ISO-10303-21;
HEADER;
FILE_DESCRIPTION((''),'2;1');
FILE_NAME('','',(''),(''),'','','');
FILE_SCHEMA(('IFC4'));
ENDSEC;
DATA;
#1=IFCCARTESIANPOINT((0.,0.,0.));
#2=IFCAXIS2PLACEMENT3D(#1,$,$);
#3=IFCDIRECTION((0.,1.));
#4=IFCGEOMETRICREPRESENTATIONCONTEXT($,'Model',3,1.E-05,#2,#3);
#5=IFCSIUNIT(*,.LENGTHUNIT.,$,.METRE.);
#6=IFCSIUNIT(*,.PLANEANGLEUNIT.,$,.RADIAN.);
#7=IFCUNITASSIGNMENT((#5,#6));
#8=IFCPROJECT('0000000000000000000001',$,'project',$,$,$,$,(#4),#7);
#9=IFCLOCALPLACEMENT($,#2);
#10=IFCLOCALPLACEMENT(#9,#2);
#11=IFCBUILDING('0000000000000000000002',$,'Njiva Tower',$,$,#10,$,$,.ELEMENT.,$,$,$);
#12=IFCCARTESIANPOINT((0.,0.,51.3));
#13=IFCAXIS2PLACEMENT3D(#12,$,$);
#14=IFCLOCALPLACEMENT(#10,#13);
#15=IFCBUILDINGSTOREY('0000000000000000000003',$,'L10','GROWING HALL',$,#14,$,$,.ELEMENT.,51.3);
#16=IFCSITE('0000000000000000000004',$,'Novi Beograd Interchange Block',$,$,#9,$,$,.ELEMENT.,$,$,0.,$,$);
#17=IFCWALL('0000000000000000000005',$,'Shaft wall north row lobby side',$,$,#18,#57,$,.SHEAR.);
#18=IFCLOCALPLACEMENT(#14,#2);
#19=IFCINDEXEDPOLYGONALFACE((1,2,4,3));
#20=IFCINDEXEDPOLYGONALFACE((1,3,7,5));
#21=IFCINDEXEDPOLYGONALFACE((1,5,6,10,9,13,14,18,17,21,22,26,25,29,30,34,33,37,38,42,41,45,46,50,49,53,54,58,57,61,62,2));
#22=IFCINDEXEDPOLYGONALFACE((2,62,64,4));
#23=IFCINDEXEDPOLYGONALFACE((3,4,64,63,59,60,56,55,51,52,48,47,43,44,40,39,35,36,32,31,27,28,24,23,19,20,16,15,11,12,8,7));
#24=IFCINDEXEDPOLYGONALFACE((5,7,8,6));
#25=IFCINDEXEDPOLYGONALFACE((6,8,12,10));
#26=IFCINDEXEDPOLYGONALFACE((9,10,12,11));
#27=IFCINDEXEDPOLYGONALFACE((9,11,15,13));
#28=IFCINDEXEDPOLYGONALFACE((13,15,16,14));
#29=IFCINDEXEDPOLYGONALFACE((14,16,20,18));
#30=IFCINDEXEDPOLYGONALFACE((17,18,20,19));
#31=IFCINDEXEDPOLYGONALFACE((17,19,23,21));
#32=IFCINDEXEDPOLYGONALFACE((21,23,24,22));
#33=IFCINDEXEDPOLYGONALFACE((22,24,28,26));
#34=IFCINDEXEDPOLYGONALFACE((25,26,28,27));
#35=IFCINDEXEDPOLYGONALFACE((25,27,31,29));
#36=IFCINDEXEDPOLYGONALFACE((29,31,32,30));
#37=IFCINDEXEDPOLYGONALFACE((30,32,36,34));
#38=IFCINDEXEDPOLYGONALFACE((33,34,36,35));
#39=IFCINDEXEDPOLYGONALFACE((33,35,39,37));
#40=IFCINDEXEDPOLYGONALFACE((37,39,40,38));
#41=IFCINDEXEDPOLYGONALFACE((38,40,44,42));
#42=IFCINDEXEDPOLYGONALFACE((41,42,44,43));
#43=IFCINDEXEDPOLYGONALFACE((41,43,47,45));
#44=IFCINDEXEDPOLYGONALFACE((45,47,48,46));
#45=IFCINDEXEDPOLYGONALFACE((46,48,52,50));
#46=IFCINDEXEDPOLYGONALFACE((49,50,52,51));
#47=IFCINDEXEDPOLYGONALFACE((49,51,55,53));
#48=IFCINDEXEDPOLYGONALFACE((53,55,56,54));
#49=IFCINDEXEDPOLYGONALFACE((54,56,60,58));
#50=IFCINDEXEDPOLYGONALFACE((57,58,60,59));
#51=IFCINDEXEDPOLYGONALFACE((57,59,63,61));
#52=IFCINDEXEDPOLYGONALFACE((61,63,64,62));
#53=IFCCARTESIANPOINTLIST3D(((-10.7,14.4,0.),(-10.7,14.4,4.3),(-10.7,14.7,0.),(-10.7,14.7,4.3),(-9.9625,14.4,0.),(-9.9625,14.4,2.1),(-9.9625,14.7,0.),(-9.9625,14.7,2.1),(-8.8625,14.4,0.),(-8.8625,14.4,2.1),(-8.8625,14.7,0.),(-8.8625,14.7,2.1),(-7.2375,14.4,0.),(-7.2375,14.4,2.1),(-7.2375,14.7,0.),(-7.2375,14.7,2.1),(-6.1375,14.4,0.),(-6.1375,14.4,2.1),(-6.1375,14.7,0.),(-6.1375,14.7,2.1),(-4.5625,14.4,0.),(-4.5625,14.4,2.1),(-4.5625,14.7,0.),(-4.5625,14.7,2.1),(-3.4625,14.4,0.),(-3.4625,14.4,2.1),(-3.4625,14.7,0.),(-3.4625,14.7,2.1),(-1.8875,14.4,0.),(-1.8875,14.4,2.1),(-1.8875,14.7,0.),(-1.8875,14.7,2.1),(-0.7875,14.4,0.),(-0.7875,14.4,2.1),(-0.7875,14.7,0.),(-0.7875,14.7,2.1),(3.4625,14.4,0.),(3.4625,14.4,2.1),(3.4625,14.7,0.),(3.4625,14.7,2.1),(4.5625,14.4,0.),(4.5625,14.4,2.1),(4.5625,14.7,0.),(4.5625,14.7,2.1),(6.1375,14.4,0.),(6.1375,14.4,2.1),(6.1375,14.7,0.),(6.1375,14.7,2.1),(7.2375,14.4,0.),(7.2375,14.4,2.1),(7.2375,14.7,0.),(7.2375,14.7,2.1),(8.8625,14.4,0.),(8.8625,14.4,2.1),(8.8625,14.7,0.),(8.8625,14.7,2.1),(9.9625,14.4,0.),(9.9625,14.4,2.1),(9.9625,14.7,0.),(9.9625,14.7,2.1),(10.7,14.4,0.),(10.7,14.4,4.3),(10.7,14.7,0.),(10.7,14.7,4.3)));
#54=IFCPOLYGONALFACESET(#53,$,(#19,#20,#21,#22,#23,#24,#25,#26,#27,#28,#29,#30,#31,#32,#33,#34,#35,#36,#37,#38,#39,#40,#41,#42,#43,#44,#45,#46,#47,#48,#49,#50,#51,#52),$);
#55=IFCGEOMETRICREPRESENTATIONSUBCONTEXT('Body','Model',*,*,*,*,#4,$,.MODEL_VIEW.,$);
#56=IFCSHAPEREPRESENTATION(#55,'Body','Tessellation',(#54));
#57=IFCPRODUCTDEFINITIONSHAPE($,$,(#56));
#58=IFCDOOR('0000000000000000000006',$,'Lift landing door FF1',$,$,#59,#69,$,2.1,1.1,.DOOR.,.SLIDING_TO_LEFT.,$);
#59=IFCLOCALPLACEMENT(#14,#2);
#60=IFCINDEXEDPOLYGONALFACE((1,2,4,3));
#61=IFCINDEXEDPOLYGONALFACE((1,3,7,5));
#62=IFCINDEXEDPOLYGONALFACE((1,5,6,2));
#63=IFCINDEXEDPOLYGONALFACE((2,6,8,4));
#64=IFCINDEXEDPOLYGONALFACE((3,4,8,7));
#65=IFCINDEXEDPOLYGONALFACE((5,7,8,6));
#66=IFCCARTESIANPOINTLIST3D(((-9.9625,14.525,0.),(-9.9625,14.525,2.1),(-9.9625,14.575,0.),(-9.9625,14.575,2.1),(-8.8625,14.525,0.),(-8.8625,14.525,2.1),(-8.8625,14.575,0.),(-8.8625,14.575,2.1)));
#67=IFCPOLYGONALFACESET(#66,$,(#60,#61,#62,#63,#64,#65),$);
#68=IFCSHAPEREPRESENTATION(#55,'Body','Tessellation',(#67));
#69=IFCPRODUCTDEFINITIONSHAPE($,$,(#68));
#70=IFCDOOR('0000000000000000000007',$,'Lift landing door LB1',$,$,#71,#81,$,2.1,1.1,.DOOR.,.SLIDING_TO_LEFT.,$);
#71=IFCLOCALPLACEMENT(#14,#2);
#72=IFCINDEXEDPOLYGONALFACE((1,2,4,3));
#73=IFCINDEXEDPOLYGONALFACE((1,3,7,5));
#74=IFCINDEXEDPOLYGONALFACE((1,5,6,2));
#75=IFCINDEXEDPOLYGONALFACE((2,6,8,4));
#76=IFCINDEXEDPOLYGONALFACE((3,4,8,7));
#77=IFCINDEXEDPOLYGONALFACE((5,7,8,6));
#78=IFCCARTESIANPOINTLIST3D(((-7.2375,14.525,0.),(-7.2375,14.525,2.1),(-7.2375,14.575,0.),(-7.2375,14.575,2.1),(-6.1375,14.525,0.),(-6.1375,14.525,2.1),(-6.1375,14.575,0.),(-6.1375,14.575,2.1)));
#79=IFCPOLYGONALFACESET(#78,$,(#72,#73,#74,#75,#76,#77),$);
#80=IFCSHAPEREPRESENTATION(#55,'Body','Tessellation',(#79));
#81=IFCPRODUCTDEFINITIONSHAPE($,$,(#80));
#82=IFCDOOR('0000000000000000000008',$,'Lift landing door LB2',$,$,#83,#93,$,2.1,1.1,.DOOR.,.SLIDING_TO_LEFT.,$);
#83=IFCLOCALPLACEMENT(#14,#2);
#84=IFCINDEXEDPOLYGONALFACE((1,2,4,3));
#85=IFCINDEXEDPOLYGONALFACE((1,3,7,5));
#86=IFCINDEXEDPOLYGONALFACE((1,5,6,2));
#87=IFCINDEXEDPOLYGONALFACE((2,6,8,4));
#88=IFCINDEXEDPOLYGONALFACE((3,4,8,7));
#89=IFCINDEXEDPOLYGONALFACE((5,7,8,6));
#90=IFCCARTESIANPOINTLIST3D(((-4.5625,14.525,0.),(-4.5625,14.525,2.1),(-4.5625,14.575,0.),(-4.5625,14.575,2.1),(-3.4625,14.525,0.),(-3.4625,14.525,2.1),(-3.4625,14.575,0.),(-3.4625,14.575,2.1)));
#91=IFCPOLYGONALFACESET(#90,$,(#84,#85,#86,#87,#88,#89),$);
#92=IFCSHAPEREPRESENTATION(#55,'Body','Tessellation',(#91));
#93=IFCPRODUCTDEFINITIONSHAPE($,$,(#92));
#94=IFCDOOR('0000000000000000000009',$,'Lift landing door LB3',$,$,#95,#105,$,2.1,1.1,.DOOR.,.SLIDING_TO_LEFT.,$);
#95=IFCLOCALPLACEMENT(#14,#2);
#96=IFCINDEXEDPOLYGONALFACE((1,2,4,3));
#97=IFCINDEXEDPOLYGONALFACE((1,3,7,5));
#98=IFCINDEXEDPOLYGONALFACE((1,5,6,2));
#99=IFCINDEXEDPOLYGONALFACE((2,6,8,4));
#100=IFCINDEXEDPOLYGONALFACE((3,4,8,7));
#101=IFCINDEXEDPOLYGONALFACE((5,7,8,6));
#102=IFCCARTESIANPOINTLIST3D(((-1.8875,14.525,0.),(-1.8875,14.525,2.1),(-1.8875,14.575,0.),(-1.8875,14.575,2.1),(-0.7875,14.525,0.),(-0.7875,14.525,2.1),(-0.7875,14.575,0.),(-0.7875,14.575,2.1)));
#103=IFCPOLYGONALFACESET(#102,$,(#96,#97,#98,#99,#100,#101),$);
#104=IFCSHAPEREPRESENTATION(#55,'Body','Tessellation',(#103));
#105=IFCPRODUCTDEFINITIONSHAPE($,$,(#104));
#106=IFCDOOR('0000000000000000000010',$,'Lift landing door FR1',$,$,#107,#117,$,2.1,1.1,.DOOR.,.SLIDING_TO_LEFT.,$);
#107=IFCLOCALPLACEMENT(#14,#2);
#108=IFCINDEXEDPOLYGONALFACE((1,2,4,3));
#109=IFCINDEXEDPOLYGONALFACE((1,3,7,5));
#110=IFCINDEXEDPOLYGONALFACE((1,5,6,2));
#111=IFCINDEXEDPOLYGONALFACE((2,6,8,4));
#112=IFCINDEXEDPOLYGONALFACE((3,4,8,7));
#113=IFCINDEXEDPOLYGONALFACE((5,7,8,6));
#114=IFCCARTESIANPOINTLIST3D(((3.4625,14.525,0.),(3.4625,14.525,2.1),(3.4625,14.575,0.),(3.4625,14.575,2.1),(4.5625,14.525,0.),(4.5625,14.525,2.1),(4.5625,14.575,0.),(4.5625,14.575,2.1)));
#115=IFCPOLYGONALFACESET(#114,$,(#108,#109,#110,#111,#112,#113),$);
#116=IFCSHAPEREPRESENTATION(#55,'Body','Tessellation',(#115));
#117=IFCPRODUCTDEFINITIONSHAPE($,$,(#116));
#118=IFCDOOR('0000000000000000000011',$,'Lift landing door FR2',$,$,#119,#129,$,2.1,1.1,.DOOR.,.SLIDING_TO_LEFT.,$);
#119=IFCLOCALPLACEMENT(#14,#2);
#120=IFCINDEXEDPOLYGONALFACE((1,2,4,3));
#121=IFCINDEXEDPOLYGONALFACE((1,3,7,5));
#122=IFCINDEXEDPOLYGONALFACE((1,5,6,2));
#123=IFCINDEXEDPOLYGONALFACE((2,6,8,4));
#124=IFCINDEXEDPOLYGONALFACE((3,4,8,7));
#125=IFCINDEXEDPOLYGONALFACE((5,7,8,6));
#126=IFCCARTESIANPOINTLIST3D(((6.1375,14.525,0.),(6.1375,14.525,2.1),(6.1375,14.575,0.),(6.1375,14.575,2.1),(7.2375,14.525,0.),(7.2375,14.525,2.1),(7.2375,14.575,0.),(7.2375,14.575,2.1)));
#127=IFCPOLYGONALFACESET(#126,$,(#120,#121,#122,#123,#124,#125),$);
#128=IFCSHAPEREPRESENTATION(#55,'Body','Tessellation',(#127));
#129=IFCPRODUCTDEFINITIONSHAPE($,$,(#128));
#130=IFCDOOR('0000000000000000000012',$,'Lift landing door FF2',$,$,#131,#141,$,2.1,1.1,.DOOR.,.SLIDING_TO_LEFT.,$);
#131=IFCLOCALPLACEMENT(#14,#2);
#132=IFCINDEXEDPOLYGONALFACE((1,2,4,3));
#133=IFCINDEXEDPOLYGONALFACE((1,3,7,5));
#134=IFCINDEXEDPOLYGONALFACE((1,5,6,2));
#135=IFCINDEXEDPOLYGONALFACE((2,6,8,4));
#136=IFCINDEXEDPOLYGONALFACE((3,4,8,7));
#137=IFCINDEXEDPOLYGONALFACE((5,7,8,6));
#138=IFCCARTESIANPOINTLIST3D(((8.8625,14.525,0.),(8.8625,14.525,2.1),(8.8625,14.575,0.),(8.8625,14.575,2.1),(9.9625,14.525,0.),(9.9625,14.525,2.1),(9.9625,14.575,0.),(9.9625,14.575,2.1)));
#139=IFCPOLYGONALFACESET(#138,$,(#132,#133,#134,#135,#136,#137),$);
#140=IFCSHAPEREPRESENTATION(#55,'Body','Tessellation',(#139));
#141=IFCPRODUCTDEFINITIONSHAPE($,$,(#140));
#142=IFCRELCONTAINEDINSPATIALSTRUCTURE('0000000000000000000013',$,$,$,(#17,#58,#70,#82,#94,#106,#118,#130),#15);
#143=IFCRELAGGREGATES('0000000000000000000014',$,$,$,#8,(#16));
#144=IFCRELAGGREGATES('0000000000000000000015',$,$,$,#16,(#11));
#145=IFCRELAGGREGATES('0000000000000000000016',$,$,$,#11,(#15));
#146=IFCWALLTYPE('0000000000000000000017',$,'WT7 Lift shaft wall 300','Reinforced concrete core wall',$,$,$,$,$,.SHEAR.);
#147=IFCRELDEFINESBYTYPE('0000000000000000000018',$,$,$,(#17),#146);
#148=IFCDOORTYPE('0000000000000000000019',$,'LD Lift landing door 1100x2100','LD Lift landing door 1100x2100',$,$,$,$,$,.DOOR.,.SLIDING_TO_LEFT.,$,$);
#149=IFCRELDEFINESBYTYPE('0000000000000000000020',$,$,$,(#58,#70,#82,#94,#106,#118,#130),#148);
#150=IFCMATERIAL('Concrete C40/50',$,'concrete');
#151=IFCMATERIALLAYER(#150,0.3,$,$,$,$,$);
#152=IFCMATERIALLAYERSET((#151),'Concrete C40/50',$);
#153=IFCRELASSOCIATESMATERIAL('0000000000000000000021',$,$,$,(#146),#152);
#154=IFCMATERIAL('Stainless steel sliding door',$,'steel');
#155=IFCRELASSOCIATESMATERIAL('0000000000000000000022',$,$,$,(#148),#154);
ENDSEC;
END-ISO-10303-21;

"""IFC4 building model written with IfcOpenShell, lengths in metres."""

from ifc_helpers import new_model, si_unit, direction, frame, frame_2d, origin, place, context, subcontext, project, spatial, rectangle, extrude, material, layer, layer_set, type_object, element, fill, save


model = new_model("IFC4")

# Units and contexts
model_context = context("Model", 3, precision=1e-05, world=origin(), true_north=direction((0.0, 1.0)))
body_context = subcontext(model_context, "Body", "Model", "MODEL_VIEW")
ifc_project = project(units=[si_unit("LENGTHUNIT", "METRE"), si_unit("PLANEANGLEUNIT", "RADIAN")], contexts=[model_context])

# Site, building, storey
site_placement = place(None, origin())
site = spatial("IfcSite", under=ifc_project, at=site_placement, Name="Novi Beograd Interchange Block", CompositionType="ELEMENT", RefElevation=0.0)
building_placement = place(site_placement, origin())
building = spatial("IfcBuilding", under=site, at=building_placement, Name="Njiva Tower", CompositionType="ELEMENT")
storey_placement = place(building_placement, frame((0.0, 0.0, 51.3)))
storey = spatial("IfcBuildingStorey", under=building, at=storey_placement, Name="L10", Description="GROWING HALL", CompositionType="ELEMENT", Elevation=51.3)

# Shared definitions
ifc_material_1 = material(Name="Concrete C40/50", Category="concrete")

# Wall, openings, doors
ifc_layer_1 = layer(ifc_material_1, 0.3)
ifc_layer_set_1 = layer_set([ifc_layer_1], Name="Concrete C40/50")
wall_type_1 = type_object("IfcWallType", Name="WT7 Lift shaft wall 300", Description="Reinforced concrete core wall", PredefinedType="SHEAR", material=ifc_layer_set_1)
wall_1_placement = place(storey_placement, frame((-10.7, 14.55, 0.0), z_axis=(0.0, 0.0, 1.0), x_axis=(1.0, 0.0, 0.0)))
wall_1 = element("IfcWall", 1, at=wall_1_placement, inside=storey, type_object=wall_type_1, Name="Shaft wall north row lobby side", PredefinedType="SHEAR", context=body_context, shape_type="SweptSolid", body=[
    extrude(rectangle(XDim=21.4, YDim=0.3, at=frame_2d((10.7, 0.0))), origin(), (0.0, 0.0, 1.0), 4.3),
])
opening_1_placement = place(wall_1_placement, frame((0.7375, 0.0, 0.0)))
opening_1 = element("IfcOpeningElement", 2, at=opening_1_placement, cuts=wall_1, PredefinedType="OPENING", context=body_context, shape_type="SweptSolid", body=[
    extrude(rectangle(XDim=1.1, YDim=2.1, at=frame_2d((0.55, 1.05))), frame((0.0, 0.16, 0.0), z_axis=(0.0, -1.0, 0.0), x_axis=(1.0, 0.0, 0.0)), (0.0, 0.0, 1.0), 0.32),
])
opening_2_placement = place(wall_1_placement, frame((3.4625, 0.0, 0.0)))
opening_2 = element("IfcOpeningElement", 3, at=opening_2_placement, cuts=wall_1, PredefinedType="OPENING", context=body_context, shape_type="SweptSolid", body=[
    extrude(rectangle(XDim=1.1, YDim=2.1, at=frame_2d((0.55, 1.05))), frame((0.0, 0.16, 0.0), z_axis=(0.0, -1.0, 0.0), x_axis=(1.0, 0.0, 0.0)), (0.0, 0.0, 1.0), 0.32),
])
opening_3_placement = place(wall_1_placement, frame((6.1375, 0.0, 0.0)))
opening_3 = element("IfcOpeningElement", 4, at=opening_3_placement, cuts=wall_1, PredefinedType="OPENING", context=body_context, shape_type="SweptSolid", body=[
    extrude(rectangle(XDim=1.1, YDim=2.1, at=frame_2d((0.55, 1.05))), frame((0.0, 0.16, 0.0), z_axis=(0.0, -1.0, 0.0), x_axis=(1.0, 0.0, 0.0)), (0.0, 0.0, 1.0), 0.32),
])
opening_4_placement = place(wall_1_placement, frame((8.8125, 0.0, 0.0)))
opening_4 = element("IfcOpeningElement", 5, at=opening_4_placement, cuts=wall_1, PredefinedType="OPENING", context=body_context, shape_type="SweptSolid", body=[
    extrude(rectangle(XDim=1.1, YDim=2.1, at=frame_2d((0.55, 1.05))), frame((0.0, 0.16, 0.0), z_axis=(0.0, -1.0, 0.0), x_axis=(1.0, 0.0, 0.0)), (0.0, 0.0, 1.0), 0.32),
])
opening_5_placement = place(wall_1_placement, frame((14.1625, 0.0, 0.0)))
opening_5 = element("IfcOpeningElement", 6, at=opening_5_placement, cuts=wall_1, PredefinedType="OPENING", context=body_context, shape_type="SweptSolid", body=[
    extrude(rectangle(XDim=1.1, YDim=2.1, at=frame_2d((0.55, 1.05))), frame((0.0, 0.16, 0.0), z_axis=(0.0, -1.0, 0.0), x_axis=(1.0, 0.0, 0.0)), (0.0, 0.0, 1.0), 0.32),
])
opening_6_placement = place(wall_1_placement, frame((16.8375, 0.0, 0.0)))
opening_6 = element("IfcOpeningElement", 7, at=opening_6_placement, cuts=wall_1, PredefinedType="OPENING", context=body_context, shape_type="SweptSolid", body=[
    extrude(rectangle(XDim=1.1, YDim=2.1, at=frame_2d((0.55, 1.05))), frame((0.0, 0.16, 0.0), z_axis=(0.0, -1.0, 0.0), x_axis=(1.0, 0.0, 0.0)), (0.0, 0.0, 1.0), 0.32),
])
opening_7_placement = place(wall_1_placement, frame((19.5625, 0.0, 0.0)))
opening_7 = element("IfcOpeningElement", 8, at=opening_7_placement, cuts=wall_1, PredefinedType="OPENING", context=body_context, shape_type="SweptSolid", body=[
    extrude(rectangle(XDim=1.1, YDim=2.1, at=frame_2d((0.55, 1.05))), frame((0.0, 0.16, 0.0), z_axis=(0.0, -1.0, 0.0), x_axis=(1.0, 0.0, 0.0)), (0.0, 0.0, 1.0), 0.32),
])
ifc_material_2 = material(Name="Stainless steel sliding door", Category="steel")
door_type_1 = type_object("IfcDoorType", Name="LD Lift landing door 1100x2100", Description="LD Lift landing door 1100x2100", OperationType="SLIDING_TO_LEFT", PredefinedType="DOOR", material=ifc_material_2)
door_1_placement = place(opening_1_placement, origin())
door_1 = element("IfcDoor", 9, at=door_1_placement, inside=storey, type_object=door_type_1, Name="Lift landing door FF1", OperationType="SLIDING_TO_LEFT", OverallHeight=2.1, OverallWidth=1.1, PredefinedType="DOOR", context=body_context, shape_type="SweptSolid", body=[
    extrude(rectangle(XDim=1.1, YDim=2.1, at=frame_2d((0.55, 1.05))), frame((0.0, 0.025, 0.0), z_axis=(0.0, -1.0, 0.0), x_axis=(1.0, 0.0, 0.0)), (0.0, 0.0, 1.0), 0.05),
])
fill(opening_1, door_1)
door_2_placement = place(opening_2_placement, origin())
door_2 = element("IfcDoor", 10, at=door_2_placement, inside=storey, type_object=door_type_1, Name="Lift landing door LB1", OperationType="SLIDING_TO_LEFT", OverallHeight=2.1, OverallWidth=1.1, PredefinedType="DOOR", context=body_context, shape_type="SweptSolid", body=[
    extrude(rectangle(XDim=1.1, YDim=2.1, at=frame_2d((0.55, 1.05))), frame((0.0, 0.025, 0.0), z_axis=(0.0, -1.0, 0.0), x_axis=(1.0, 0.0, 0.0)), (0.0, 0.0, 1.0), 0.05),
])
fill(opening_2, door_2)
door_3_placement = place(opening_3_placement, origin())
door_3 = element("IfcDoor", 11, at=door_3_placement, inside=storey, type_object=door_type_1, Name="Lift landing door LB2", OperationType="SLIDING_TO_LEFT", OverallHeight=2.1, OverallWidth=1.1, PredefinedType="DOOR", context=body_context, shape_type="SweptSolid", body=[
    extrude(rectangle(XDim=1.1, YDim=2.1, at=frame_2d((0.55, 1.05))), frame((0.0, 0.025, 0.0), z_axis=(0.0, -1.0, 0.0), x_axis=(1.0, 0.0, 0.0)), (0.0, 0.0, 1.0), 0.05),
])
fill(opening_3, door_3)
door_4_placement = place(opening_4_placement, origin())
door_4 = element("IfcDoor", 12, at=door_4_placement, inside=storey, type_object=door_type_1, Name="Lift landing door LB3", OperationType="SLIDING_TO_LEFT", OverallHeight=2.1, OverallWidth=1.1, PredefinedType="DOOR", context=body_context, shape_type="SweptSolid", body=[
    extrude(rectangle(XDim=1.1, YDim=2.1, at=frame_2d((0.55, 1.05))), frame((0.0, 0.025, 0.0), z_axis=(0.0, -1.0, 0.0), x_axis=(1.0, 0.0, 0.0)), (0.0, 0.0, 1.0), 0.05),
])
fill(opening_4, door_4)
door_5_placement = place(opening_5_placement, origin())
door_5 = element("IfcDoor", 13, at=door_5_placement, inside=storey, type_object=door_type_1, Name="Lift landing door FR1", OperationType="SLIDING_TO_LEFT", OverallHeight=2.1, OverallWidth=1.1, PredefinedType="DOOR", context=body_context, shape_type="SweptSolid", body=[
    extrude(rectangle(XDim=1.1, YDim=2.1, at=frame_2d((0.55, 1.05))), frame((0.0, 0.025, 0.0), z_axis=(0.0, -1.0, 0.0), x_axis=(1.0, 0.0, 0.0)), (0.0, 0.0, 1.0), 0.05),
])
fill(opening_5, door_5)
door_6_placement = place(opening_6_placement, origin())
door_6 = element("IfcDoor", 14, at=door_6_placement, inside=storey, type_object=door_type_1, Name="Lift landing door FR2", OperationType="SLIDING_TO_LEFT", OverallHeight=2.1, OverallWidth=1.1, PredefinedType="DOOR", context=body_context, shape_type="SweptSolid", body=[
    extrude(rectangle(XDim=1.1, YDim=2.1, at=frame_2d((0.55, 1.05))), frame((0.0, 0.025, 0.0), z_axis=(0.0, -1.0, 0.0), x_axis=(1.0, 0.0, 0.0)), (0.0, 0.0, 1.0), 0.05),
])
fill(opening_6, door_6)
door_7_placement = place(opening_7_placement, origin())
door_7 = element("IfcDoor", 15, at=door_7_placement, inside=storey, type_object=door_type_1, Name="Lift landing door FF2", OperationType="SLIDING_TO_LEFT", OverallHeight=2.1, OverallWidth=1.1, PredefinedType="DOOR", context=body_context, shape_type="SweptSolid", body=[
    extrude(rectangle(XDim=1.1, YDim=2.1, at=frame_2d((0.55, 1.05))), frame((0.0, 0.025, 0.0), z_axis=(0.0, -1.0, 0.0), x_axis=(1.0, 0.0, 0.0)), (0.0, 0.0, 1.0), 0.05),
])
fill(opening_7, door_7)

save(model, "model.ifc")
